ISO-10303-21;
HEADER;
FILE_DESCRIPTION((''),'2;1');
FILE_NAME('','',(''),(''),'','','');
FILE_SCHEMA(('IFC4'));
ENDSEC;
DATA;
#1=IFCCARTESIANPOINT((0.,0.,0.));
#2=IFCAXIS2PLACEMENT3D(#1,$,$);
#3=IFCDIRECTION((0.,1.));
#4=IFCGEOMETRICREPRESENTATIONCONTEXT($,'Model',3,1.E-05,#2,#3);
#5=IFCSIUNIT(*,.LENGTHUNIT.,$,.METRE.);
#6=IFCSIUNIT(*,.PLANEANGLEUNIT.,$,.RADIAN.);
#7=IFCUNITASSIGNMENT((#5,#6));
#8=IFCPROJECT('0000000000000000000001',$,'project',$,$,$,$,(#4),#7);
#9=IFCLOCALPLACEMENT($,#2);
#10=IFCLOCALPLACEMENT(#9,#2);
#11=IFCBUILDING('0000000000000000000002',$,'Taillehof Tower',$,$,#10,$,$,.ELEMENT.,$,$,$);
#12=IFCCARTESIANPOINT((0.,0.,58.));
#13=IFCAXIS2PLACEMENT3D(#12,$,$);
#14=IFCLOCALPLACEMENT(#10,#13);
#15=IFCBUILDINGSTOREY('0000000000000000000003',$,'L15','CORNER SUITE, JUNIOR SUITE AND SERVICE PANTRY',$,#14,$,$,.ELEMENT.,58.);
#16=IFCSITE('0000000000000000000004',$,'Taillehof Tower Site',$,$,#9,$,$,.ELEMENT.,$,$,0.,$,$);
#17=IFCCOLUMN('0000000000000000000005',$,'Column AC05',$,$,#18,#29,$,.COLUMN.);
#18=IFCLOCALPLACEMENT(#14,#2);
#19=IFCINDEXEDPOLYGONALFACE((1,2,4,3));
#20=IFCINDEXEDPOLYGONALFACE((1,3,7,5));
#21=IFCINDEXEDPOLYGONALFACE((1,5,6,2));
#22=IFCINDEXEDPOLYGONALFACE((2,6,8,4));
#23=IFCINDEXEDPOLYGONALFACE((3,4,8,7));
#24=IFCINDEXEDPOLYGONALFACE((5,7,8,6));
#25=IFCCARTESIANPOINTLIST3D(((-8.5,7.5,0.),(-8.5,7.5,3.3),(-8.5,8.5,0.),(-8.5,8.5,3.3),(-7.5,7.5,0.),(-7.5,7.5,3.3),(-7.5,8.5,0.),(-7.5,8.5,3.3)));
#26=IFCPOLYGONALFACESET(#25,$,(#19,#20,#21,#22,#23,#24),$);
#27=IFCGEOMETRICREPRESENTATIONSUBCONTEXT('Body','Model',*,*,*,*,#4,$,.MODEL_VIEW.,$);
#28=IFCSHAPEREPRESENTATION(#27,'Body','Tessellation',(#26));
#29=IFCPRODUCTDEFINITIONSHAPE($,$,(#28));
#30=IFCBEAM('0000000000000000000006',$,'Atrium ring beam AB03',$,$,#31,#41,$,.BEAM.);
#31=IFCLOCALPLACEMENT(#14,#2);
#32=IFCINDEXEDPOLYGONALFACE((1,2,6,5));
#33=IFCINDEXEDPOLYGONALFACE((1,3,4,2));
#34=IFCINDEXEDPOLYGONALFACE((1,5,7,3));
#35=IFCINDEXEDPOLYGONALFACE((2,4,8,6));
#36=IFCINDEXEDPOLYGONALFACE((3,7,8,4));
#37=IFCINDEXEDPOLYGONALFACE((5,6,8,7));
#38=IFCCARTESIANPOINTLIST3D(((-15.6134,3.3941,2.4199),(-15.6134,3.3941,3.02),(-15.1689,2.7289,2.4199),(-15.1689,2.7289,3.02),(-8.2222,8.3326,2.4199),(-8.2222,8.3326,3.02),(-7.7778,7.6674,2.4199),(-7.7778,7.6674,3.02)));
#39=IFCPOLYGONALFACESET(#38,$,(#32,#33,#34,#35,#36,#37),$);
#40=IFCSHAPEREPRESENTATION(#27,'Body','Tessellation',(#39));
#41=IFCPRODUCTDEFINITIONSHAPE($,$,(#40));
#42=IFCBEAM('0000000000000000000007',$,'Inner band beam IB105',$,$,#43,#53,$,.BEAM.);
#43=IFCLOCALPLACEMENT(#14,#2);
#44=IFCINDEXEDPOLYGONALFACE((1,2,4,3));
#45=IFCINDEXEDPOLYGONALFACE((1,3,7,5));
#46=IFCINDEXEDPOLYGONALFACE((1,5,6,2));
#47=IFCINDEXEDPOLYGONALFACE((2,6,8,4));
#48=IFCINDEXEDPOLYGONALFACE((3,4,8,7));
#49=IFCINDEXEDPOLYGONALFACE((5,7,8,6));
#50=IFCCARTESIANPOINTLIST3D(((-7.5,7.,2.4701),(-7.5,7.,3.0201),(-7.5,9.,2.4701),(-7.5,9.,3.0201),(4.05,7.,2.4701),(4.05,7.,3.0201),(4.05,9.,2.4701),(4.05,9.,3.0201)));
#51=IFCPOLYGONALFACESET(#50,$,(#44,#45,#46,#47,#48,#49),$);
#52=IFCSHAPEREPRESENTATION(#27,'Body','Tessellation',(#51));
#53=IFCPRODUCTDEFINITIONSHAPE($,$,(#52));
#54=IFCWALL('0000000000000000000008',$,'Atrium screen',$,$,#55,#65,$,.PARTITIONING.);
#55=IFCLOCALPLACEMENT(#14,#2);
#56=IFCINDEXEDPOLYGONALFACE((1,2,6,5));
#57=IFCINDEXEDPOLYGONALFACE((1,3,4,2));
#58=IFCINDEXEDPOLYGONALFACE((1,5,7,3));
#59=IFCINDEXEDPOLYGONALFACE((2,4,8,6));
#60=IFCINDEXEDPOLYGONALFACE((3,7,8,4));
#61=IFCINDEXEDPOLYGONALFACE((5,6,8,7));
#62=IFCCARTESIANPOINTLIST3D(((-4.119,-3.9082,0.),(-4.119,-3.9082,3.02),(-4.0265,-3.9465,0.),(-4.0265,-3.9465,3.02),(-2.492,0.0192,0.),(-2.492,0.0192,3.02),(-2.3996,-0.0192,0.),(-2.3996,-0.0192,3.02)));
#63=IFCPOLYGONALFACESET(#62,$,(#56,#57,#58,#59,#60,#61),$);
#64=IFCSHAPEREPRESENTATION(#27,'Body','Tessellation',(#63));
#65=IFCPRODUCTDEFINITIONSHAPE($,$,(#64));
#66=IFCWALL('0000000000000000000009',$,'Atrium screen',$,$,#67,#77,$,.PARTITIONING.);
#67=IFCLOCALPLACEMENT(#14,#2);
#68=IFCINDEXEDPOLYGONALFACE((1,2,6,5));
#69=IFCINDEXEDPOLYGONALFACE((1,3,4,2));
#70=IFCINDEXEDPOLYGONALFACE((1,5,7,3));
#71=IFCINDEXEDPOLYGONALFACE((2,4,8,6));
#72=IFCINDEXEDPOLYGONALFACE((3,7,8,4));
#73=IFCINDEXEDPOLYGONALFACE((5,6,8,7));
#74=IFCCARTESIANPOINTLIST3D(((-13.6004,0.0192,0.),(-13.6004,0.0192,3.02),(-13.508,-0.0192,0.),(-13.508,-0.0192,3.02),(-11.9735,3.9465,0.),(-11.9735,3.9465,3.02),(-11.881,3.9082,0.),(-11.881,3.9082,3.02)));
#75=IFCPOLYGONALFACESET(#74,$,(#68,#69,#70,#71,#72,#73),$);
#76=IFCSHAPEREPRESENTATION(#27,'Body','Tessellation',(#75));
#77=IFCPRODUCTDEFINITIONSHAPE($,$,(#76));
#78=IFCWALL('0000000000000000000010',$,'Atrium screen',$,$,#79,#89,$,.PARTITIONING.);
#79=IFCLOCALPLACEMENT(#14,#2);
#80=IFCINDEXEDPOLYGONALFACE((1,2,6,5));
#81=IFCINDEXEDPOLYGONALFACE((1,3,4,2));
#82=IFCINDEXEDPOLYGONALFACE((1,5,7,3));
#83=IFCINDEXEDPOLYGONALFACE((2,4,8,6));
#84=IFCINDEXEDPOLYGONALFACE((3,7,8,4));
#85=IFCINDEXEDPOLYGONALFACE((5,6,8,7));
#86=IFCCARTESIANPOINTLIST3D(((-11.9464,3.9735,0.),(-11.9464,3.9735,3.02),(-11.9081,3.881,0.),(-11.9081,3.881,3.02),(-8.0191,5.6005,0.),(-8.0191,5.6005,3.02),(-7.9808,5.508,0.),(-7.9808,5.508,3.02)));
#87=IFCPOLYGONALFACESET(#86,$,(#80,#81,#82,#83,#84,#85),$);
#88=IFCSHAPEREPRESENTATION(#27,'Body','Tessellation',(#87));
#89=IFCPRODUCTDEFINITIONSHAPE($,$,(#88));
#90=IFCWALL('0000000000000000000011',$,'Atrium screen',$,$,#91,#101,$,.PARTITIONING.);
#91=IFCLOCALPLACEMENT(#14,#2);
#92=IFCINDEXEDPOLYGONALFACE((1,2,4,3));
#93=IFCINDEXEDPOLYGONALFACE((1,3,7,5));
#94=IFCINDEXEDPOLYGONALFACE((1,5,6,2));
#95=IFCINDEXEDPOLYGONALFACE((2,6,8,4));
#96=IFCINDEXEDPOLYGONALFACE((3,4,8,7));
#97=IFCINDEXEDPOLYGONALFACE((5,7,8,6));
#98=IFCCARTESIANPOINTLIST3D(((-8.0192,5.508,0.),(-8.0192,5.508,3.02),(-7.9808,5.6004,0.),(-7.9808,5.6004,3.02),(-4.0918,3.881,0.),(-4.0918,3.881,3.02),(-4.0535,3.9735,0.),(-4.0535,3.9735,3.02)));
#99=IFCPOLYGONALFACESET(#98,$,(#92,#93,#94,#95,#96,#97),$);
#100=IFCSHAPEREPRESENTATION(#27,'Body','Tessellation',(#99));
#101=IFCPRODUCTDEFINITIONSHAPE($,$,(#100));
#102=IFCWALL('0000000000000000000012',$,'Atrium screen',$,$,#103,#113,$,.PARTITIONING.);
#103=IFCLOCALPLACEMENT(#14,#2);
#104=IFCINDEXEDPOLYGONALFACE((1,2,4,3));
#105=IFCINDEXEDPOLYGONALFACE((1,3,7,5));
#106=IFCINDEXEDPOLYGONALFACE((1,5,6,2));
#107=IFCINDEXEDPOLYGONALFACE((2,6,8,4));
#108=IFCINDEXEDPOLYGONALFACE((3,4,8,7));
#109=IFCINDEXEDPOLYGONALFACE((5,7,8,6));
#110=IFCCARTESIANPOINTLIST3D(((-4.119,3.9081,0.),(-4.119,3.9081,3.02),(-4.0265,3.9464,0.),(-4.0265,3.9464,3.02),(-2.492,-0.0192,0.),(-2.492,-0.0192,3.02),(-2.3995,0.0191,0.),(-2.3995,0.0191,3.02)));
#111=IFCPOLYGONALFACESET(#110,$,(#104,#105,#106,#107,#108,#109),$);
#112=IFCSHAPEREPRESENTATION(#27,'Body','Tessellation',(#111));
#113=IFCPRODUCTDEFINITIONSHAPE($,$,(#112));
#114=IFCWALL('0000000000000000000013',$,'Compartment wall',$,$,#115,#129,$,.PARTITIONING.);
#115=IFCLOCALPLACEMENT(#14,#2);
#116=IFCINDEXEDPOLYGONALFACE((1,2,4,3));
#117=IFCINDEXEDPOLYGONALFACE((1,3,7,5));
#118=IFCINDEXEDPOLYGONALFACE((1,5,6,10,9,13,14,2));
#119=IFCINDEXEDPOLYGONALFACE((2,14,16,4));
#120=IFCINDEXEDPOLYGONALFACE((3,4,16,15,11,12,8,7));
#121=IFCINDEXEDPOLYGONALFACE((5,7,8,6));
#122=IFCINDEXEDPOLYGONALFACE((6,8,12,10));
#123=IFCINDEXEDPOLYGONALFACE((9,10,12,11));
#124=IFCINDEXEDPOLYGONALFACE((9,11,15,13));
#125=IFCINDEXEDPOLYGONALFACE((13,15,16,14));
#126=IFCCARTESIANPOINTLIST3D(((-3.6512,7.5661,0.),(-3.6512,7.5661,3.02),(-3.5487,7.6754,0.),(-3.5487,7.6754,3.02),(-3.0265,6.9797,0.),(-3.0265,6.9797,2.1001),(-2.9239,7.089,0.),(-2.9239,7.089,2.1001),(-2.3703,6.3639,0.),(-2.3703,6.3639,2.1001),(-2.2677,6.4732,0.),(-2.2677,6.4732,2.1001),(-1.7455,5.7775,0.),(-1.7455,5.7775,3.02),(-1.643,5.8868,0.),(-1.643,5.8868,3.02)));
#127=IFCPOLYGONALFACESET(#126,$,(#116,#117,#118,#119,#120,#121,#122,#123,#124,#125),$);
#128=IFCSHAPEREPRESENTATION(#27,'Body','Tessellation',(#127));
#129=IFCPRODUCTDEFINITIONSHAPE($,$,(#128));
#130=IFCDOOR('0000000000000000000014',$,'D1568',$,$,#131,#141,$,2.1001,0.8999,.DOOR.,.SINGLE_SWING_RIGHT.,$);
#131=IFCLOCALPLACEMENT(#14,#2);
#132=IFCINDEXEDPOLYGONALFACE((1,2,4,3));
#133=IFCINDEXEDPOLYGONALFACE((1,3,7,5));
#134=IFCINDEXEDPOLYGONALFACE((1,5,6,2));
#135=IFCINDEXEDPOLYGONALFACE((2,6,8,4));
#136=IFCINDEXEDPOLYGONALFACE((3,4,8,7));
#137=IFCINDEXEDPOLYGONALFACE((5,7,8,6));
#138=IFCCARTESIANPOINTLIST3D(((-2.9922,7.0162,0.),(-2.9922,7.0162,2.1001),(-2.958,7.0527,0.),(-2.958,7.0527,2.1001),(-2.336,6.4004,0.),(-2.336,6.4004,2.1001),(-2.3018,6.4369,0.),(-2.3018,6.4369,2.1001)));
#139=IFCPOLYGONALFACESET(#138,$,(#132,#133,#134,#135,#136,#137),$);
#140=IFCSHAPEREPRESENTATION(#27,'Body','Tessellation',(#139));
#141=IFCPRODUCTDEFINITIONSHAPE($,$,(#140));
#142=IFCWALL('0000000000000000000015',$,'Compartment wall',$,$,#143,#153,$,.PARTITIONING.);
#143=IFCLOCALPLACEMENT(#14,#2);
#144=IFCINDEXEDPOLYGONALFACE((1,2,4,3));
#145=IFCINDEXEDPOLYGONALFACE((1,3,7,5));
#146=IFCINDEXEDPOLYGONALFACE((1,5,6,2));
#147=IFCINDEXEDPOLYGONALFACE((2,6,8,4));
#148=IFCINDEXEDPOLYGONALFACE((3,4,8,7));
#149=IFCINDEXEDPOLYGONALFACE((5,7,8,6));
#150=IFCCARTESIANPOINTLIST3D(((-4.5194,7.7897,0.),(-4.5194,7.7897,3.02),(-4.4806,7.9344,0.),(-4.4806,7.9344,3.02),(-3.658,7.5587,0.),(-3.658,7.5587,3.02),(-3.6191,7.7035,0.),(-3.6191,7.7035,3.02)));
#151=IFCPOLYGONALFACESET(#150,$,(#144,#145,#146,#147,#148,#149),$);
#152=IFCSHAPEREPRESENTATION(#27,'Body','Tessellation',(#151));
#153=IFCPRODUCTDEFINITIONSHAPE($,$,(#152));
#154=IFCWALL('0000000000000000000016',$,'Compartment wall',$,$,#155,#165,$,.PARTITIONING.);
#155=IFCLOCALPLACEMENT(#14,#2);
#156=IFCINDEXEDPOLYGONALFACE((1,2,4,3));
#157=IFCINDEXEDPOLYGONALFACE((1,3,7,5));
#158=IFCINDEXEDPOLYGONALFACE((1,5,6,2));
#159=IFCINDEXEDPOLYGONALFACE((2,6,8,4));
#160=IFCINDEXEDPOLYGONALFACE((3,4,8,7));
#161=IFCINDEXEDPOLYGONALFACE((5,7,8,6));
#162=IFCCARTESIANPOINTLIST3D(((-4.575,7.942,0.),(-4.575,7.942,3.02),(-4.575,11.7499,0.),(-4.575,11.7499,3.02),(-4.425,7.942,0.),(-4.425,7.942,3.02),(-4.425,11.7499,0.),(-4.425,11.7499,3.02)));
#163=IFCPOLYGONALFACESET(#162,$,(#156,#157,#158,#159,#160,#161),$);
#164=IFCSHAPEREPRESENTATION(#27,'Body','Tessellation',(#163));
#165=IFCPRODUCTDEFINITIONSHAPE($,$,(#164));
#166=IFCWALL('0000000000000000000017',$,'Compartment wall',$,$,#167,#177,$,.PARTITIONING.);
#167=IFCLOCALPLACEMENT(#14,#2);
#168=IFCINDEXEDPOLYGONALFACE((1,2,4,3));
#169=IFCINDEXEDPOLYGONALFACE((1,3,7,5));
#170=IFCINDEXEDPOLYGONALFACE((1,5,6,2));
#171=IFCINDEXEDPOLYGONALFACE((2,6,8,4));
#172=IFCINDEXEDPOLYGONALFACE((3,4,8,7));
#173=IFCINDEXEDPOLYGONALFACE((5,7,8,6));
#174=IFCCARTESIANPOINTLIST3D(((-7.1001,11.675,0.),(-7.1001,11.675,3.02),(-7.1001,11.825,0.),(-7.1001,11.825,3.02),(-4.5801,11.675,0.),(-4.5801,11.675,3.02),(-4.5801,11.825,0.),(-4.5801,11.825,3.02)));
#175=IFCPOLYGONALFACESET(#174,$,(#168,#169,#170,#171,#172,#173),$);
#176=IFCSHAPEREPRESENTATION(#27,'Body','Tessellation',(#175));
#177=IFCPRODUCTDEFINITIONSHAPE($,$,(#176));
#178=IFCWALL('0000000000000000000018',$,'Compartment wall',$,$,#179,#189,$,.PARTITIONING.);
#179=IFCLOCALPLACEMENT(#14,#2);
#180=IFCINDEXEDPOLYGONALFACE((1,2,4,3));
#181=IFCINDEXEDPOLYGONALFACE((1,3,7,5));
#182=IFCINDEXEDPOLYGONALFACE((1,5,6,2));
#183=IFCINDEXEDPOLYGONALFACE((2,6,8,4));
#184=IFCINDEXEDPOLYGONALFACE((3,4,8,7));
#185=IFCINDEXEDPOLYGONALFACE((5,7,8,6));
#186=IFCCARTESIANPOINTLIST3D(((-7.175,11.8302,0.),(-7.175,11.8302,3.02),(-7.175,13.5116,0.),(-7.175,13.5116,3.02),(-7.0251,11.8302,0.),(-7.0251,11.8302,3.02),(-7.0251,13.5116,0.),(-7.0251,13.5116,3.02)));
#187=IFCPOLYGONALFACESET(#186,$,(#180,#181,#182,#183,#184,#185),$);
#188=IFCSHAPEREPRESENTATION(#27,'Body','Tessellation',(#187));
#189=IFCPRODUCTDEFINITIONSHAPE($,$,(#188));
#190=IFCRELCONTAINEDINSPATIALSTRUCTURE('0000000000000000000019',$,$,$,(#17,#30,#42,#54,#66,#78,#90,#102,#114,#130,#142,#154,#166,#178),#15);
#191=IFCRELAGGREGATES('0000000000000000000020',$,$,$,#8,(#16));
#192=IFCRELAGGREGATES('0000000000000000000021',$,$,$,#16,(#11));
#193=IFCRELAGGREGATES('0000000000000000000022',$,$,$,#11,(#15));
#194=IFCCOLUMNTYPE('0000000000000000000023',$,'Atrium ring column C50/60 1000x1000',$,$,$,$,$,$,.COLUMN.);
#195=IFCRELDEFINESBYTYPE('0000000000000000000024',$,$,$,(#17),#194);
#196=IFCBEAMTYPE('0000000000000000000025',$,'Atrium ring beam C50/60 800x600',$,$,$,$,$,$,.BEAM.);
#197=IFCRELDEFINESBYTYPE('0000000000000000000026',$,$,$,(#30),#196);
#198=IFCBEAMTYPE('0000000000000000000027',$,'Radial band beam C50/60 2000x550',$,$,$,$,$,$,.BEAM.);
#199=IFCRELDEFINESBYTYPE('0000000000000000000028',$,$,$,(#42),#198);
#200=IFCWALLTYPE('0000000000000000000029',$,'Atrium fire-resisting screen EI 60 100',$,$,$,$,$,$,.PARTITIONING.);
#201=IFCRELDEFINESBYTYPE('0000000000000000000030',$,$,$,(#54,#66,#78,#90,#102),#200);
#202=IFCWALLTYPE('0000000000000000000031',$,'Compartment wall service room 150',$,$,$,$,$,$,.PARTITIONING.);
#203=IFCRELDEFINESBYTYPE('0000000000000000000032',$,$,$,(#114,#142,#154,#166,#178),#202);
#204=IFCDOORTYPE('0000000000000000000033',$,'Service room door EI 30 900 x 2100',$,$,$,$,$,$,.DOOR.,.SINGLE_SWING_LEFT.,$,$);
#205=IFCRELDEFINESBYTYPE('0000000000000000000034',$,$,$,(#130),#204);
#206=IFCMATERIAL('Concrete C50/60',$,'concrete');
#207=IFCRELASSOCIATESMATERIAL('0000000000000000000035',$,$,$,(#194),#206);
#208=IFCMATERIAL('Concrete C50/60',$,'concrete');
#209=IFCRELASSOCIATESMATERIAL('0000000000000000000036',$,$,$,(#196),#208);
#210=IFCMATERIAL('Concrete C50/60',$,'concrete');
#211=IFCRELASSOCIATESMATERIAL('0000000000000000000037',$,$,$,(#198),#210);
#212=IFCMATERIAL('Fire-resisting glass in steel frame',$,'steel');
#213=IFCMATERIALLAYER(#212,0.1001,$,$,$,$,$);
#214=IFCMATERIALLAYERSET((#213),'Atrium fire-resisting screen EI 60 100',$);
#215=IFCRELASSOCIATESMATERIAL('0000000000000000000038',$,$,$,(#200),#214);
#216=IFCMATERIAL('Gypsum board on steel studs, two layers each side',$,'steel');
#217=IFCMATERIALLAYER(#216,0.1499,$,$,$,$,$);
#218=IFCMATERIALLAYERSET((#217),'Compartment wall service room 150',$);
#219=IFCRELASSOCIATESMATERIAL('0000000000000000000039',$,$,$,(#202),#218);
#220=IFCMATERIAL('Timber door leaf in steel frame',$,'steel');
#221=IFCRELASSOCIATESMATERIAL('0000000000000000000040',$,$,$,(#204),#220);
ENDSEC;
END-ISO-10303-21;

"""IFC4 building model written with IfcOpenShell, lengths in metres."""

from ifc_helpers import new_model, si_unit, direction, frame, frame_2d, origin, origin_2d, place, context, subcontext, project, spatial, rectangle, extrude, material, layer, layer_set, material_profile, profile_set, type_object, element, fill, save


model = new_model("IFC4")

# Units and contexts
model_context = context("Model", 3, precision=1e-05, world=origin(), true_north=direction((0.0, 1.0)))
body_context = subcontext(model_context, "Body", "Model", "MODEL_VIEW")
ifc_project = project(units=[si_unit("LENGTHUNIT", "METRE"), si_unit("PLANEANGLEUNIT", "RADIAN")], contexts=[model_context])

# Site, building, storey
site_placement = place(None, origin())
site = spatial("IfcSite", under=ifc_project, at=site_placement, Name="Taillehof Tower Site", CompositionType="ELEMENT", RefElevation=0.0)
building_placement = place(site_placement, origin())
building = spatial("IfcBuilding", under=site, at=building_placement, Name="Taillehof Tower", CompositionType="ELEMENT")
storey_placement = place(building_placement, frame((0.0, 0.0, 58.0)))
storey = spatial("IfcBuildingStorey", under=building, at=storey_placement, Name="L15", Description="CORNER SUITE, JUNIOR SUITE AND SERVICE PANTRY", CompositionType="ELEMENT", Elevation=58.0)

# Column
ifc_material_1 = material(Name="Concrete C50/60", Category="concrete")
ifc_material_profile_1 = material_profile(ifc_material_1, rectangle(XDim=1.0, YDim=1.0, at=origin_2d()), Name="RC 1000x1000")
ifc_profile_set_1 = profile_set([ifc_material_profile_1], Name="Concrete C50/60")
column_type = type_object("IfcColumnType", Name="Atrium ring column C50/60 1000x1000", PredefinedType="COLUMN", material=ifc_profile_set_1)
column_placement = place(storey_placement, frame((-8.0, 8.0, 0.0), z_axis=(0.0, 0.0, 1.0), x_axis=(1.0, 0.0, 0.0)))
element("IfcColumn", 1, at=column_placement, inside=storey, type_object=column_type, Name="Column AC05", PredefinedType="COLUMN", context=body_context, shape_type="SweptSolid", body=[
    extrude(rectangle(XDim=1.0, YDim=1.0, at=origin_2d()), origin(), (0.0, 0.0, 1.0), 3.3),
])

# Beams
ifc_material_2 = material(Name="Concrete C50/60", Category="concrete")
ifc_material_profile_2 = material_profile(ifc_material_2, rectangle(XDim=0.8, YDim=0.6001, at=origin_2d()), Name="RC 800x600")
ifc_profile_set_2 = profile_set([ifc_material_profile_2], Name="Concrete C50/60")
beam_type_1 = type_object("IfcBeamType", Name="Atrium ring beam C50/60 800x600", PredefinedType="BEAM", material=ifc_profile_set_2)
beam_1_placement = place(storey_placement, frame((-8.0, 8.0, 2.72), z_axis=(-0.831475, -0.555562, 0.0), x_axis=(0.555562, -0.831475, 0.0)))
element("IfcBeam", 2, at=beam_1_placement, inside=storey, type_object=beam_type_1, Name="Atrium ring beam AB03", PredefinedType="BEAM", context=body_context, shape_type="SweptSolid", body=[
    extrude(rectangle(XDim=0.8, YDim=0.6001, at=origin_2d()), origin(), (0.0, 0.0, 1.0), 8.8892),
])
ifc_material_3 = material(Name="Concrete C50/60", Category="concrete")
ifc_material_profile_3 = material_profile(ifc_material_3, rectangle(XDim=2.0, YDim=0.55, at=origin_2d()), Name="RC 2000x550")
ifc_profile_set_3 = profile_set([ifc_material_profile_3], Name="Concrete C50/60")
beam_type_2 = type_object("IfcBeamType", Name="Radial band beam C50/60 2000x550", PredefinedType="BEAM", material=ifc_profile_set_3)
beam_2_placement = place(storey_placement, frame((-7.5, 8.0, 2.7451), z_axis=(1.0, 0.0, 0.0), x_axis=(0.0, 1.0, 0.0)))
element("IfcBeam", 3, at=beam_2_placement, inside=storey, type_object=beam_type_2, Name="Inner band beam IB105", PredefinedType="BEAM", context=body_context, shape_type="SweptSolid", body=[
    extrude(rectangle(XDim=2.0, YDim=0.55, at=origin_2d()), origin(), (0.0, 0.0, 1.0), 11.55),
])

# Walls
ifc_material_4 = material(Name="Fire-resisting glass in steel frame", Category="steel")
ifc_layer_1 = layer(ifc_material_4, 0.1001)
ifc_layer_set_1 = layer_set([ifc_layer_1], Name="Atrium fire-resisting screen EI 60 100")
wall_type_1 = type_object("IfcWallType", Name="Atrium fire-resisting screen EI 60 100", PredefinedType="PARTITIONING", material=ifc_layer_set_1)
for number, where, z_axis, x_axis, name in (
    (4, (-2.4458, 0.0, 0.0), (0.0, 0.0, 1.0), (-0.382731, -0.92386, 0.0), "Atrium screen"),
    (5, (-13.5542, 0.0, 0.0), (0.0, 0.0, 1.0), (0.382731, 0.92386, 0.0), "Atrium screen"),
    (6, (-11.9272, 3.9272, 0.0), (0.0, 0.0, 1.0), (0.92386, 0.382731, 0.0), "Atrium screen"),
    (7, (-8.0, 5.5542, 0.0), (0.0, 0.0, 1.0), (0.92386, -0.382731, 0.0), "Atrium screen"),
    (8, (-4.0728, 3.9272, 0.0), (0.0, 0.0, 1.0), (0.382731, -0.92386, 0.0), "Atrium screen"),
):
    element("IfcWall", number, at=place(storey_placement, frame(where, z_axis=z_axis, x_axis=x_axis)), inside=storey, type_object=wall_type_1, Name=name, PredefinedType="PARTITIONING", context=body_context, shape_type="SweptSolid", body=[
        extrude(rectangle(XDim=4.251, YDim=0.1001, at=frame_2d((2.1255, 0.0))), origin(), (0.0, 0.0, 1.0), 3.02),
    ])

# Wall, opening, door
ifc_material_5 = material(Name="Gypsum board on steel studs, two layers each side", Category="steel")
ifc_layer_2 = layer(ifc_material_5, 0.1499)
ifc_layer_set_2 = layer_set([ifc_layer_2], Name="Compartment wall service room 150")
wall_type_2 = type_object("IfcWallType", Name="Compartment wall service room 150", PredefinedType="PARTITIONING", material=ifc_layer_set_2)
wall_1_placement = place(storey_placement, frame((-1.6943, 5.8323, 0.0), z_axis=(0.0, 0.0, 1.0), x_axis=(-0.72917, 0.684333, 0.0)))
wall_1 = element("IfcWall", 9, at=wall_1_placement, inside=storey, type_object=wall_type_2, Name="Compartment wall", PredefinedType="PARTITIONING", context=body_context, shape_type="SweptSolid", body=[
    extrude(rectangle(XDim=2.6135, YDim=0.1499, at=frame_2d((1.3066, 0.0))), origin(), (0.0, 0.0, 1.0), 3.02),
])
opening_1_placement = place(wall_1_placement, frame((0.8567, 0.0, 0.0)))
opening_1 = element("IfcOpeningElement", 10, at=opening_1_placement, cuts=wall_1, PredefinedType="OPENING", context=body_context, shape_type="SweptSolid", body=[
    extrude(rectangle(XDim=0.8999, YDim=2.1001, at=frame_2d((0.45, 1.05))), frame((0.0, 0.085, 0.0), z_axis=(0.0, -1.0, 0.0), x_axis=(1.0, 0.0, 0.0)), (0.0, 0.0, 1.0), 0.1699),
])
ifc_material_6 = material(Name="Timber door leaf in steel frame", Category="steel")
door_type_1 = type_object("IfcDoorType", Name="Service room door EI 30 900 x 2100", OperationType="SINGLE_SWING_LEFT", PredefinedType="DOOR", material=ifc_material_6)
door_1_placement = place(opening_1_placement, origin())
door_1 = element("IfcDoor", 11, at=door_1_placement, inside=storey, type_object=door_type_1, Name="D1568", OperationType="SINGLE_SWING_RIGHT", OverallHeight=2.1001, OverallWidth=0.8999, PredefinedType="DOOR", context=body_context, shape_type="SweptSolid", body=[
    extrude(rectangle(XDim=0.8999, YDim=2.1001, at=frame_2d((0.45, 1.05))), frame((0.0, 0.0249, 0.0), z_axis=(0.0, -1.0, 0.0), x_axis=(1.0, 0.0, 0.0)), (0.0, 0.0, 1.0), 0.05),
])
fill(opening_1, door_1)

# Walls
wall_2_placement = place(storey_placement, frame((-3.6387, 7.6311, 0.0), z_axis=(0.0, 0.0, 1.0), x_axis=(-0.96588, 0.258992, 0.0)))
element("IfcWall", 12, at=wall_2_placement, inside=storey, type_object=wall_type_2, Name="Compartment wall", PredefinedType="PARTITIONING", context=body_context, shape_type="SweptSolid", body=[
    extrude(rectangle(XDim=0.8918, YDim=0.1499, at=frame_2d((0.4458, 0.0))), origin(), (0.0, 0.0, 1.0), 3.02),
])
wall_3_placement = place(storey_placement, frame((-4.5, 7.9421, 0.0), z_axis=(0.0, 0.0, 1.0), x_axis=(0.0, 1.0, 0.0)))
element("IfcWall", 13, at=wall_3_placement, inside=storey, type_object=wall_type_2, Name="Compartment wall", PredefinedType="PARTITIONING", context=body_context, shape_type="SweptSolid", body=[
    extrude(rectangle(XDim=3.8079, YDim=0.1499, at=frame_2d((1.9038, 0.0))), origin(), (0.0, 0.0, 1.0), 3.02),
])
wall_4_placement = place(storey_placement, frame((-4.5801, 11.75, 0.0), z_axis=(0.0, 0.0, 1.0), x_axis=(-1.0, 0.0, 0.0)))
element("IfcWall", 14, at=wall_4_placement, inside=storey, type_object=wall_type_2, Name="Compartment wall", PredefinedType="PARTITIONING", context=body_context, shape_type="SweptSolid", body=[
    extrude(rectangle(XDim=2.52, YDim=0.1499, at=frame_2d((1.26, 0.0))), origin(), (0.0, 0.0, 1.0), 3.02),
])
wall_5_placement = place(storey_placement, frame((-7.1001, 11.8301, 0.0), z_axis=(0.0, 0.0, 1.0), x_axis=(0.0, 1.0, 0.0)))
element("IfcWall", 15, at=wall_5_placement, inside=storey, type_object=wall_type_2, Name="Compartment wall", PredefinedType="PARTITIONING", context=body_context, shape_type="SweptSolid", body=[
    extrude(rectangle(XDim=1.6814, YDim=0.1499, at=frame_2d((0.8408, 0.0))), origin(), (0.0, 0.0, 1.0), 3.02),
])

save(model, "model.ifc")
